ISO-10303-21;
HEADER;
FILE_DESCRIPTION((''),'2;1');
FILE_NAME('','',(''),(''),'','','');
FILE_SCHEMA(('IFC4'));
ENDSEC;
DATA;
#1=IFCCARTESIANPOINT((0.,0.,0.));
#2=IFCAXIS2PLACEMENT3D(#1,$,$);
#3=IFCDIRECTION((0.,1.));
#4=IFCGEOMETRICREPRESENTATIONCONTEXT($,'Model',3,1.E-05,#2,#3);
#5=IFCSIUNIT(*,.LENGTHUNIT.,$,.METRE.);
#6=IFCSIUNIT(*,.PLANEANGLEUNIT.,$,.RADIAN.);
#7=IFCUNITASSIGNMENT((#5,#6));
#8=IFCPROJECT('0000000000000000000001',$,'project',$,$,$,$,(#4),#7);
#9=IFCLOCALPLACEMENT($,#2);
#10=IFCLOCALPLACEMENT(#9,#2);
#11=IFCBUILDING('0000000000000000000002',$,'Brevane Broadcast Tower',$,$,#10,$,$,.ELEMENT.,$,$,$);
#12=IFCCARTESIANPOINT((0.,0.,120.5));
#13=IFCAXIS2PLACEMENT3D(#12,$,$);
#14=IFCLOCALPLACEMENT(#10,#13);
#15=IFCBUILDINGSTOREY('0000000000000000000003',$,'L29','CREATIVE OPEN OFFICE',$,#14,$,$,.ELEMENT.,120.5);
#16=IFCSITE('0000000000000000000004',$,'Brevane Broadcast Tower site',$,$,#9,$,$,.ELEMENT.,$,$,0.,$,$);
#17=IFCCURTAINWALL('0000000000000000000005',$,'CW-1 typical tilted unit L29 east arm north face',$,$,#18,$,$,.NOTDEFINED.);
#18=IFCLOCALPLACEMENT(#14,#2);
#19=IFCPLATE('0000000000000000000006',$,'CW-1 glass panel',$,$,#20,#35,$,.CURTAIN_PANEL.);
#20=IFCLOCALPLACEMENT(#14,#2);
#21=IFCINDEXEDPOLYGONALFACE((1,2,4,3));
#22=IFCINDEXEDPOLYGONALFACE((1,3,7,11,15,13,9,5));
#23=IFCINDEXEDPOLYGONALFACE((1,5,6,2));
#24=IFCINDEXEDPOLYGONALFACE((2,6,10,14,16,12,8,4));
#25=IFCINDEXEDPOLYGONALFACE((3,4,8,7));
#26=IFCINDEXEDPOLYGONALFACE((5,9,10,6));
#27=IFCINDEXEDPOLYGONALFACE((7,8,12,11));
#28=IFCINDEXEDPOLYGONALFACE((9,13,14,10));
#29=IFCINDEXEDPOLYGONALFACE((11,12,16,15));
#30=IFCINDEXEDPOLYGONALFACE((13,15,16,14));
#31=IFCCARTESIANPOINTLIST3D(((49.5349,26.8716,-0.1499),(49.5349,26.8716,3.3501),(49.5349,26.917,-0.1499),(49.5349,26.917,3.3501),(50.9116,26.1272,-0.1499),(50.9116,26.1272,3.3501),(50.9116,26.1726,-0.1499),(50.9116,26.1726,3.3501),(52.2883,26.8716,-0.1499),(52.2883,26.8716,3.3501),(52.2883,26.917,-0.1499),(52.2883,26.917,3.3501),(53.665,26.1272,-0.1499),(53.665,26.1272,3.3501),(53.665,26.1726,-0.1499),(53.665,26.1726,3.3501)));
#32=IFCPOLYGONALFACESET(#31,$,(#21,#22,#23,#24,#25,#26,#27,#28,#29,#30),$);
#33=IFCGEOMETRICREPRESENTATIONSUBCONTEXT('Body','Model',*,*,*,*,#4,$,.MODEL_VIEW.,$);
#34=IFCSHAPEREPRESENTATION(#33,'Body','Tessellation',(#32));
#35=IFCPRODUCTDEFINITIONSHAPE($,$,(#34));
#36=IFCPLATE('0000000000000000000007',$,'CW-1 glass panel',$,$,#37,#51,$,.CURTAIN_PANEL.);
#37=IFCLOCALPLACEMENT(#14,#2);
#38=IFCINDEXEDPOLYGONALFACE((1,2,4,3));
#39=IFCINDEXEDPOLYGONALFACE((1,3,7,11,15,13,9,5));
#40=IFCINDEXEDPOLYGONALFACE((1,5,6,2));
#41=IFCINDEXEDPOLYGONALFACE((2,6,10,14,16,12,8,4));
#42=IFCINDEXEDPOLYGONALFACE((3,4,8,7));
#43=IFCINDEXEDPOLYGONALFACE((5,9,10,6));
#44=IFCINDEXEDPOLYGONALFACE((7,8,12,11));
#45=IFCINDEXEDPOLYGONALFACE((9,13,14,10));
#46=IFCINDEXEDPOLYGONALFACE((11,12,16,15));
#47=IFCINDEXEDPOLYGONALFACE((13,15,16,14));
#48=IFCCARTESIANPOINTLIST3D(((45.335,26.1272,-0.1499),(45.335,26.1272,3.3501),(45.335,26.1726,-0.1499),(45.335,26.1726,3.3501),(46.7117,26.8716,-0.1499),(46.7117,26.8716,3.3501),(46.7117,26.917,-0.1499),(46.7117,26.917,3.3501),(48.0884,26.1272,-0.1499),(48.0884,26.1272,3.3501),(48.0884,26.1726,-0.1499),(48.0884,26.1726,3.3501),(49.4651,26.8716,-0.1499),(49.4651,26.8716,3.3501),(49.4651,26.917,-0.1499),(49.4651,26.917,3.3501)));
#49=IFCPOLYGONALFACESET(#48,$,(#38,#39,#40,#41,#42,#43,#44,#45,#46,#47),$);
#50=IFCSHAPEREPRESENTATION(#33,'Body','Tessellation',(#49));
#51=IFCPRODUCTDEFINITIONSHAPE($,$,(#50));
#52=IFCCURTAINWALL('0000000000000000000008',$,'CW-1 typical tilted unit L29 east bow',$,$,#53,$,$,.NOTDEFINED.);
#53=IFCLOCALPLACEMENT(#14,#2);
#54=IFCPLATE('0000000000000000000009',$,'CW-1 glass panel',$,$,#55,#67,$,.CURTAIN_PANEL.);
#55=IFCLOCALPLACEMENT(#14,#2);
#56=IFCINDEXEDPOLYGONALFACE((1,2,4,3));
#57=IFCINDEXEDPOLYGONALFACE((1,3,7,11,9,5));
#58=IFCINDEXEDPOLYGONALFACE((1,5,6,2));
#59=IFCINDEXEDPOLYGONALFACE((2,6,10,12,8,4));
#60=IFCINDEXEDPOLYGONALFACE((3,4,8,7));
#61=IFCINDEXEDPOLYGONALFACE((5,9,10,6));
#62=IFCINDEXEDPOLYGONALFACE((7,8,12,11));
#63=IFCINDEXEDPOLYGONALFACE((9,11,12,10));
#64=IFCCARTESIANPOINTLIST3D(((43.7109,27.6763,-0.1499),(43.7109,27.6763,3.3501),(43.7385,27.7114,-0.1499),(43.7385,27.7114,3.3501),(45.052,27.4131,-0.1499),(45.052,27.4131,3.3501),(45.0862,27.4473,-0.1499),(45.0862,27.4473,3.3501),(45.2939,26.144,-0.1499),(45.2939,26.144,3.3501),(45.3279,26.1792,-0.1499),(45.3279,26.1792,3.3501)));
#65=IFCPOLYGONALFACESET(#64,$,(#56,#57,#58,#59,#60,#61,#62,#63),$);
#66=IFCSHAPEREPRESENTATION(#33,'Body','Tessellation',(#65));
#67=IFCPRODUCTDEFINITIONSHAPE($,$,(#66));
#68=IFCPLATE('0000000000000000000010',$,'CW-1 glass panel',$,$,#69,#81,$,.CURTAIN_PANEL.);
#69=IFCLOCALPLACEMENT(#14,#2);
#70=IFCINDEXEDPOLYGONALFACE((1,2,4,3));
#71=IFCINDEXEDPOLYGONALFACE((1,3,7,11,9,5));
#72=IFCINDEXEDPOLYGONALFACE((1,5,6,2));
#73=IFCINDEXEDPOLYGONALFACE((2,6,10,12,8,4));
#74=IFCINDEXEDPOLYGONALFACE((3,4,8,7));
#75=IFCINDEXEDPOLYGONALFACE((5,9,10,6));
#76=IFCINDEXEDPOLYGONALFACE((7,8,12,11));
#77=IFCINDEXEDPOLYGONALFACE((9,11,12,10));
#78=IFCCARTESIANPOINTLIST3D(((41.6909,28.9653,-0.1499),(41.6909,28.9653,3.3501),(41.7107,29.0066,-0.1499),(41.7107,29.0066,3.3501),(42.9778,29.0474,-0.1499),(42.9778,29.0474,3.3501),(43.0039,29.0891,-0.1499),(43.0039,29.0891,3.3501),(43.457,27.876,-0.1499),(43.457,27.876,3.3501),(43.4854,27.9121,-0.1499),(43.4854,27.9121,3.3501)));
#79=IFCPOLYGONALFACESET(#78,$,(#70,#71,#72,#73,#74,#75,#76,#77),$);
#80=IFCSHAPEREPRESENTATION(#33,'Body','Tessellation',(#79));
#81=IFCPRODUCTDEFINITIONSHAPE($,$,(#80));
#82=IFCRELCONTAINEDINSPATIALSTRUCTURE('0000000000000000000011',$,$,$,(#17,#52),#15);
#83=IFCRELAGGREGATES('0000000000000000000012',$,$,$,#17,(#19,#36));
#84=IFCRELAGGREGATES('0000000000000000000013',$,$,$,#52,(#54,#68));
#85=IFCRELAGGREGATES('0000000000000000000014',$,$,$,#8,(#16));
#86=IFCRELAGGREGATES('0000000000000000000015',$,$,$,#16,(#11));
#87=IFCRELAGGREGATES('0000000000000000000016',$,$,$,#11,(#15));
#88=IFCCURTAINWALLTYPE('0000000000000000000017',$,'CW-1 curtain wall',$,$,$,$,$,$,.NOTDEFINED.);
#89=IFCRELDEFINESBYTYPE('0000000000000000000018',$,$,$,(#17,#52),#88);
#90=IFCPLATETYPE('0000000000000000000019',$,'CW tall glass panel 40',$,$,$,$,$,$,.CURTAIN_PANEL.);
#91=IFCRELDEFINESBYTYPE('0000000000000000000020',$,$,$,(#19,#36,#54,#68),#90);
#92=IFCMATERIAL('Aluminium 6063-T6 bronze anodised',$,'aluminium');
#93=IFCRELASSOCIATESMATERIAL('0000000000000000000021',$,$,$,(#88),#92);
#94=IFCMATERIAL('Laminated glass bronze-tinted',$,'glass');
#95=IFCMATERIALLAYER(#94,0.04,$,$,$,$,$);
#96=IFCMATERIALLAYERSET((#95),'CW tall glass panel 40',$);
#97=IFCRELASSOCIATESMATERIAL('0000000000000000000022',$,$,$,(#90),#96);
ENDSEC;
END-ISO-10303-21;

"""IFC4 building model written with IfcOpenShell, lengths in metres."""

from ifc_helpers import new_model, si_unit, direction, frame, origin, place, context, subcontext, project, spatial, polyline, outline, extrude, material, layer, layer_set, type_object, element, aggregate, save


model = new_model("IFC4")

# Units and contexts
model_context = context("Model", 3, precision=1e-05, world=origin(), true_north=direction((0.0, 1.0)))
body_context = subcontext(model_context, "Body", "Model", "MODEL_VIEW")
ifc_project = project(units=[si_unit("LENGTHUNIT", "METRE"), si_unit("PLANEANGLEUNIT", "RADIAN")], contexts=[model_context])

# Site, building, storey
site_placement = place(None, origin())
site = spatial("IfcSite", under=ifc_project, at=site_placement, Name="Brevane Broadcast Tower site", CompositionType="ELEMENT", RefElevation=0.0)
building_placement = place(site_placement, origin())
building = spatial("IfcBuilding", under=site, at=building_placement, Name="Brevane Broadcast Tower", CompositionType="ELEMENT")
storey_placement = place(building_placement, frame((0.0, 0.0, 120.5)))
storey = spatial("IfcBuildingStorey", under=building, at=storey_placement, Name="L29", Description="CREATIVE OPEN OFFICE", CompositionType="ELEMENT", Elevation=120.5)

# Curtain walls, plates
ifc_material_1 = material(Name="Aluminium 6063-T6 bronze anodised", Category="aluminium")
curtain_wall_type = type_object("IfcCurtainWallType", Name="CW-1 curtain wall", PredefinedType="NOTDEFINED", material=ifc_material_1)
ifc_material_2 = material(Name="Laminated glass bronze-tinted", Category="glass")
ifc_layer = layer(ifc_material_2, 0.04)
ifc_layer_set = layer_set([ifc_layer], Name="CW tall glass panel 40")
plate_type = type_object("IfcPlateType", Name="CW tall glass panel 40", PredefinedType="CURTAIN_PANEL", material=ifc_layer_set)
curtain_wall_1_placement = place(storey_placement, origin())
curtain_wall_1 = element("IfcCurtainWall", 1, at=curtain_wall_1_placement, inside=storey, type_object=curtain_wall_type, Name="CW-1 typical tilted unit L29 east arm north face", PredefinedType="NOTDEFINED")
plate_1_placement = place(storey_placement, frame((0.0, 0.0, -0.1499)))
plate_1 = element("IfcPlate", 2, at=plate_1_placement, type_object=plate_type, Name="CW-1 glass panel", PredefinedType="CURTAIN_PANEL", context=body_context, shape_type="SweptSolid", body=[
    extrude(outline(polyline([(53.665, 26.1272), (53.665, 26.1726), (52.2883, 26.917), (50.9116, 26.1726), (49.5349, 26.917), (49.5349, 26.8716), (50.9116, 26.1272), (52.2883, 26.8716), (53.665, 26.1272)])), origin(), (0.0, 0.0, 1.0), 3.5),
])
plate_2_placement = place(storey_placement, frame((0.0, 0.0, -0.1499)))
plate_2 = element("IfcPlate", 3, at=plate_2_placement, type_object=plate_type, Name="CW-1 glass panel", PredefinedType="CURTAIN_PANEL", context=body_context, shape_type="SweptSolid", body=[
    extrude(outline(polyline([(49.4651, 26.8716), (49.4651, 26.917), (48.0884, 26.1726), (46.7117, 26.917), (45.335, 26.1726), (45.335, 26.1272), (46.7117, 26.8716), (48.0884, 26.1272), (49.4651, 26.8716)])), origin(), (0.0, 0.0, 1.0), 3.5),
])
aggregate(curtain_wall_1, [plate_1, plate_2])
curtain_wall_2_placement = place(storey_placement, origin())
curtain_wall_2 = element("IfcCurtainWall", 4, at=curtain_wall_2_placement, inside=storey, type_object=curtain_wall_type, Name="CW-1 typical tilted unit L29 east bow", PredefinedType="NOTDEFINED")
plate_3_placement = place(storey_placement, frame((0.0, 0.0, -0.1499)))
plate_3 = element("IfcPlate", 5, at=plate_3_placement, type_object=plate_type, Name="CW-1 glass panel", PredefinedType="CURTAIN_PANEL", context=body_context, shape_type="SweptSolid", body=[
    extrude(outline(polyline([(45.2939, 26.144), (45.3279, 26.1792), (45.0862, 27.4473), (43.7385, 27.7114), (43.7109, 27.6763), (45.052, 27.4131), (45.2939, 26.144)])), origin(), (0.0, 0.0, 1.0), 3.5),
])
plate_4_placement = place(storey_placement, frame((0.0, 0.0, -0.1499)))
plate_4 = element("IfcPlate", 6, at=plate_4_placement, type_object=plate_type, Name="CW-1 glass panel", PredefinedType="CURTAIN_PANEL", context=body_context, shape_type="SweptSolid", body=[
    extrude(outline(polyline([(43.457, 27.876), (43.4854, 27.9121), (43.0039, 29.0891), (41.7107, 29.0066), (41.6909, 28.9653), (42.9778, 29.0474), (43.457, 27.876)])), origin(), (0.0, 0.0, 1.0), 3.5),
])
aggregate(curtain_wall_2, [plate_3, plate_4])

save(model, "model.ifc")
